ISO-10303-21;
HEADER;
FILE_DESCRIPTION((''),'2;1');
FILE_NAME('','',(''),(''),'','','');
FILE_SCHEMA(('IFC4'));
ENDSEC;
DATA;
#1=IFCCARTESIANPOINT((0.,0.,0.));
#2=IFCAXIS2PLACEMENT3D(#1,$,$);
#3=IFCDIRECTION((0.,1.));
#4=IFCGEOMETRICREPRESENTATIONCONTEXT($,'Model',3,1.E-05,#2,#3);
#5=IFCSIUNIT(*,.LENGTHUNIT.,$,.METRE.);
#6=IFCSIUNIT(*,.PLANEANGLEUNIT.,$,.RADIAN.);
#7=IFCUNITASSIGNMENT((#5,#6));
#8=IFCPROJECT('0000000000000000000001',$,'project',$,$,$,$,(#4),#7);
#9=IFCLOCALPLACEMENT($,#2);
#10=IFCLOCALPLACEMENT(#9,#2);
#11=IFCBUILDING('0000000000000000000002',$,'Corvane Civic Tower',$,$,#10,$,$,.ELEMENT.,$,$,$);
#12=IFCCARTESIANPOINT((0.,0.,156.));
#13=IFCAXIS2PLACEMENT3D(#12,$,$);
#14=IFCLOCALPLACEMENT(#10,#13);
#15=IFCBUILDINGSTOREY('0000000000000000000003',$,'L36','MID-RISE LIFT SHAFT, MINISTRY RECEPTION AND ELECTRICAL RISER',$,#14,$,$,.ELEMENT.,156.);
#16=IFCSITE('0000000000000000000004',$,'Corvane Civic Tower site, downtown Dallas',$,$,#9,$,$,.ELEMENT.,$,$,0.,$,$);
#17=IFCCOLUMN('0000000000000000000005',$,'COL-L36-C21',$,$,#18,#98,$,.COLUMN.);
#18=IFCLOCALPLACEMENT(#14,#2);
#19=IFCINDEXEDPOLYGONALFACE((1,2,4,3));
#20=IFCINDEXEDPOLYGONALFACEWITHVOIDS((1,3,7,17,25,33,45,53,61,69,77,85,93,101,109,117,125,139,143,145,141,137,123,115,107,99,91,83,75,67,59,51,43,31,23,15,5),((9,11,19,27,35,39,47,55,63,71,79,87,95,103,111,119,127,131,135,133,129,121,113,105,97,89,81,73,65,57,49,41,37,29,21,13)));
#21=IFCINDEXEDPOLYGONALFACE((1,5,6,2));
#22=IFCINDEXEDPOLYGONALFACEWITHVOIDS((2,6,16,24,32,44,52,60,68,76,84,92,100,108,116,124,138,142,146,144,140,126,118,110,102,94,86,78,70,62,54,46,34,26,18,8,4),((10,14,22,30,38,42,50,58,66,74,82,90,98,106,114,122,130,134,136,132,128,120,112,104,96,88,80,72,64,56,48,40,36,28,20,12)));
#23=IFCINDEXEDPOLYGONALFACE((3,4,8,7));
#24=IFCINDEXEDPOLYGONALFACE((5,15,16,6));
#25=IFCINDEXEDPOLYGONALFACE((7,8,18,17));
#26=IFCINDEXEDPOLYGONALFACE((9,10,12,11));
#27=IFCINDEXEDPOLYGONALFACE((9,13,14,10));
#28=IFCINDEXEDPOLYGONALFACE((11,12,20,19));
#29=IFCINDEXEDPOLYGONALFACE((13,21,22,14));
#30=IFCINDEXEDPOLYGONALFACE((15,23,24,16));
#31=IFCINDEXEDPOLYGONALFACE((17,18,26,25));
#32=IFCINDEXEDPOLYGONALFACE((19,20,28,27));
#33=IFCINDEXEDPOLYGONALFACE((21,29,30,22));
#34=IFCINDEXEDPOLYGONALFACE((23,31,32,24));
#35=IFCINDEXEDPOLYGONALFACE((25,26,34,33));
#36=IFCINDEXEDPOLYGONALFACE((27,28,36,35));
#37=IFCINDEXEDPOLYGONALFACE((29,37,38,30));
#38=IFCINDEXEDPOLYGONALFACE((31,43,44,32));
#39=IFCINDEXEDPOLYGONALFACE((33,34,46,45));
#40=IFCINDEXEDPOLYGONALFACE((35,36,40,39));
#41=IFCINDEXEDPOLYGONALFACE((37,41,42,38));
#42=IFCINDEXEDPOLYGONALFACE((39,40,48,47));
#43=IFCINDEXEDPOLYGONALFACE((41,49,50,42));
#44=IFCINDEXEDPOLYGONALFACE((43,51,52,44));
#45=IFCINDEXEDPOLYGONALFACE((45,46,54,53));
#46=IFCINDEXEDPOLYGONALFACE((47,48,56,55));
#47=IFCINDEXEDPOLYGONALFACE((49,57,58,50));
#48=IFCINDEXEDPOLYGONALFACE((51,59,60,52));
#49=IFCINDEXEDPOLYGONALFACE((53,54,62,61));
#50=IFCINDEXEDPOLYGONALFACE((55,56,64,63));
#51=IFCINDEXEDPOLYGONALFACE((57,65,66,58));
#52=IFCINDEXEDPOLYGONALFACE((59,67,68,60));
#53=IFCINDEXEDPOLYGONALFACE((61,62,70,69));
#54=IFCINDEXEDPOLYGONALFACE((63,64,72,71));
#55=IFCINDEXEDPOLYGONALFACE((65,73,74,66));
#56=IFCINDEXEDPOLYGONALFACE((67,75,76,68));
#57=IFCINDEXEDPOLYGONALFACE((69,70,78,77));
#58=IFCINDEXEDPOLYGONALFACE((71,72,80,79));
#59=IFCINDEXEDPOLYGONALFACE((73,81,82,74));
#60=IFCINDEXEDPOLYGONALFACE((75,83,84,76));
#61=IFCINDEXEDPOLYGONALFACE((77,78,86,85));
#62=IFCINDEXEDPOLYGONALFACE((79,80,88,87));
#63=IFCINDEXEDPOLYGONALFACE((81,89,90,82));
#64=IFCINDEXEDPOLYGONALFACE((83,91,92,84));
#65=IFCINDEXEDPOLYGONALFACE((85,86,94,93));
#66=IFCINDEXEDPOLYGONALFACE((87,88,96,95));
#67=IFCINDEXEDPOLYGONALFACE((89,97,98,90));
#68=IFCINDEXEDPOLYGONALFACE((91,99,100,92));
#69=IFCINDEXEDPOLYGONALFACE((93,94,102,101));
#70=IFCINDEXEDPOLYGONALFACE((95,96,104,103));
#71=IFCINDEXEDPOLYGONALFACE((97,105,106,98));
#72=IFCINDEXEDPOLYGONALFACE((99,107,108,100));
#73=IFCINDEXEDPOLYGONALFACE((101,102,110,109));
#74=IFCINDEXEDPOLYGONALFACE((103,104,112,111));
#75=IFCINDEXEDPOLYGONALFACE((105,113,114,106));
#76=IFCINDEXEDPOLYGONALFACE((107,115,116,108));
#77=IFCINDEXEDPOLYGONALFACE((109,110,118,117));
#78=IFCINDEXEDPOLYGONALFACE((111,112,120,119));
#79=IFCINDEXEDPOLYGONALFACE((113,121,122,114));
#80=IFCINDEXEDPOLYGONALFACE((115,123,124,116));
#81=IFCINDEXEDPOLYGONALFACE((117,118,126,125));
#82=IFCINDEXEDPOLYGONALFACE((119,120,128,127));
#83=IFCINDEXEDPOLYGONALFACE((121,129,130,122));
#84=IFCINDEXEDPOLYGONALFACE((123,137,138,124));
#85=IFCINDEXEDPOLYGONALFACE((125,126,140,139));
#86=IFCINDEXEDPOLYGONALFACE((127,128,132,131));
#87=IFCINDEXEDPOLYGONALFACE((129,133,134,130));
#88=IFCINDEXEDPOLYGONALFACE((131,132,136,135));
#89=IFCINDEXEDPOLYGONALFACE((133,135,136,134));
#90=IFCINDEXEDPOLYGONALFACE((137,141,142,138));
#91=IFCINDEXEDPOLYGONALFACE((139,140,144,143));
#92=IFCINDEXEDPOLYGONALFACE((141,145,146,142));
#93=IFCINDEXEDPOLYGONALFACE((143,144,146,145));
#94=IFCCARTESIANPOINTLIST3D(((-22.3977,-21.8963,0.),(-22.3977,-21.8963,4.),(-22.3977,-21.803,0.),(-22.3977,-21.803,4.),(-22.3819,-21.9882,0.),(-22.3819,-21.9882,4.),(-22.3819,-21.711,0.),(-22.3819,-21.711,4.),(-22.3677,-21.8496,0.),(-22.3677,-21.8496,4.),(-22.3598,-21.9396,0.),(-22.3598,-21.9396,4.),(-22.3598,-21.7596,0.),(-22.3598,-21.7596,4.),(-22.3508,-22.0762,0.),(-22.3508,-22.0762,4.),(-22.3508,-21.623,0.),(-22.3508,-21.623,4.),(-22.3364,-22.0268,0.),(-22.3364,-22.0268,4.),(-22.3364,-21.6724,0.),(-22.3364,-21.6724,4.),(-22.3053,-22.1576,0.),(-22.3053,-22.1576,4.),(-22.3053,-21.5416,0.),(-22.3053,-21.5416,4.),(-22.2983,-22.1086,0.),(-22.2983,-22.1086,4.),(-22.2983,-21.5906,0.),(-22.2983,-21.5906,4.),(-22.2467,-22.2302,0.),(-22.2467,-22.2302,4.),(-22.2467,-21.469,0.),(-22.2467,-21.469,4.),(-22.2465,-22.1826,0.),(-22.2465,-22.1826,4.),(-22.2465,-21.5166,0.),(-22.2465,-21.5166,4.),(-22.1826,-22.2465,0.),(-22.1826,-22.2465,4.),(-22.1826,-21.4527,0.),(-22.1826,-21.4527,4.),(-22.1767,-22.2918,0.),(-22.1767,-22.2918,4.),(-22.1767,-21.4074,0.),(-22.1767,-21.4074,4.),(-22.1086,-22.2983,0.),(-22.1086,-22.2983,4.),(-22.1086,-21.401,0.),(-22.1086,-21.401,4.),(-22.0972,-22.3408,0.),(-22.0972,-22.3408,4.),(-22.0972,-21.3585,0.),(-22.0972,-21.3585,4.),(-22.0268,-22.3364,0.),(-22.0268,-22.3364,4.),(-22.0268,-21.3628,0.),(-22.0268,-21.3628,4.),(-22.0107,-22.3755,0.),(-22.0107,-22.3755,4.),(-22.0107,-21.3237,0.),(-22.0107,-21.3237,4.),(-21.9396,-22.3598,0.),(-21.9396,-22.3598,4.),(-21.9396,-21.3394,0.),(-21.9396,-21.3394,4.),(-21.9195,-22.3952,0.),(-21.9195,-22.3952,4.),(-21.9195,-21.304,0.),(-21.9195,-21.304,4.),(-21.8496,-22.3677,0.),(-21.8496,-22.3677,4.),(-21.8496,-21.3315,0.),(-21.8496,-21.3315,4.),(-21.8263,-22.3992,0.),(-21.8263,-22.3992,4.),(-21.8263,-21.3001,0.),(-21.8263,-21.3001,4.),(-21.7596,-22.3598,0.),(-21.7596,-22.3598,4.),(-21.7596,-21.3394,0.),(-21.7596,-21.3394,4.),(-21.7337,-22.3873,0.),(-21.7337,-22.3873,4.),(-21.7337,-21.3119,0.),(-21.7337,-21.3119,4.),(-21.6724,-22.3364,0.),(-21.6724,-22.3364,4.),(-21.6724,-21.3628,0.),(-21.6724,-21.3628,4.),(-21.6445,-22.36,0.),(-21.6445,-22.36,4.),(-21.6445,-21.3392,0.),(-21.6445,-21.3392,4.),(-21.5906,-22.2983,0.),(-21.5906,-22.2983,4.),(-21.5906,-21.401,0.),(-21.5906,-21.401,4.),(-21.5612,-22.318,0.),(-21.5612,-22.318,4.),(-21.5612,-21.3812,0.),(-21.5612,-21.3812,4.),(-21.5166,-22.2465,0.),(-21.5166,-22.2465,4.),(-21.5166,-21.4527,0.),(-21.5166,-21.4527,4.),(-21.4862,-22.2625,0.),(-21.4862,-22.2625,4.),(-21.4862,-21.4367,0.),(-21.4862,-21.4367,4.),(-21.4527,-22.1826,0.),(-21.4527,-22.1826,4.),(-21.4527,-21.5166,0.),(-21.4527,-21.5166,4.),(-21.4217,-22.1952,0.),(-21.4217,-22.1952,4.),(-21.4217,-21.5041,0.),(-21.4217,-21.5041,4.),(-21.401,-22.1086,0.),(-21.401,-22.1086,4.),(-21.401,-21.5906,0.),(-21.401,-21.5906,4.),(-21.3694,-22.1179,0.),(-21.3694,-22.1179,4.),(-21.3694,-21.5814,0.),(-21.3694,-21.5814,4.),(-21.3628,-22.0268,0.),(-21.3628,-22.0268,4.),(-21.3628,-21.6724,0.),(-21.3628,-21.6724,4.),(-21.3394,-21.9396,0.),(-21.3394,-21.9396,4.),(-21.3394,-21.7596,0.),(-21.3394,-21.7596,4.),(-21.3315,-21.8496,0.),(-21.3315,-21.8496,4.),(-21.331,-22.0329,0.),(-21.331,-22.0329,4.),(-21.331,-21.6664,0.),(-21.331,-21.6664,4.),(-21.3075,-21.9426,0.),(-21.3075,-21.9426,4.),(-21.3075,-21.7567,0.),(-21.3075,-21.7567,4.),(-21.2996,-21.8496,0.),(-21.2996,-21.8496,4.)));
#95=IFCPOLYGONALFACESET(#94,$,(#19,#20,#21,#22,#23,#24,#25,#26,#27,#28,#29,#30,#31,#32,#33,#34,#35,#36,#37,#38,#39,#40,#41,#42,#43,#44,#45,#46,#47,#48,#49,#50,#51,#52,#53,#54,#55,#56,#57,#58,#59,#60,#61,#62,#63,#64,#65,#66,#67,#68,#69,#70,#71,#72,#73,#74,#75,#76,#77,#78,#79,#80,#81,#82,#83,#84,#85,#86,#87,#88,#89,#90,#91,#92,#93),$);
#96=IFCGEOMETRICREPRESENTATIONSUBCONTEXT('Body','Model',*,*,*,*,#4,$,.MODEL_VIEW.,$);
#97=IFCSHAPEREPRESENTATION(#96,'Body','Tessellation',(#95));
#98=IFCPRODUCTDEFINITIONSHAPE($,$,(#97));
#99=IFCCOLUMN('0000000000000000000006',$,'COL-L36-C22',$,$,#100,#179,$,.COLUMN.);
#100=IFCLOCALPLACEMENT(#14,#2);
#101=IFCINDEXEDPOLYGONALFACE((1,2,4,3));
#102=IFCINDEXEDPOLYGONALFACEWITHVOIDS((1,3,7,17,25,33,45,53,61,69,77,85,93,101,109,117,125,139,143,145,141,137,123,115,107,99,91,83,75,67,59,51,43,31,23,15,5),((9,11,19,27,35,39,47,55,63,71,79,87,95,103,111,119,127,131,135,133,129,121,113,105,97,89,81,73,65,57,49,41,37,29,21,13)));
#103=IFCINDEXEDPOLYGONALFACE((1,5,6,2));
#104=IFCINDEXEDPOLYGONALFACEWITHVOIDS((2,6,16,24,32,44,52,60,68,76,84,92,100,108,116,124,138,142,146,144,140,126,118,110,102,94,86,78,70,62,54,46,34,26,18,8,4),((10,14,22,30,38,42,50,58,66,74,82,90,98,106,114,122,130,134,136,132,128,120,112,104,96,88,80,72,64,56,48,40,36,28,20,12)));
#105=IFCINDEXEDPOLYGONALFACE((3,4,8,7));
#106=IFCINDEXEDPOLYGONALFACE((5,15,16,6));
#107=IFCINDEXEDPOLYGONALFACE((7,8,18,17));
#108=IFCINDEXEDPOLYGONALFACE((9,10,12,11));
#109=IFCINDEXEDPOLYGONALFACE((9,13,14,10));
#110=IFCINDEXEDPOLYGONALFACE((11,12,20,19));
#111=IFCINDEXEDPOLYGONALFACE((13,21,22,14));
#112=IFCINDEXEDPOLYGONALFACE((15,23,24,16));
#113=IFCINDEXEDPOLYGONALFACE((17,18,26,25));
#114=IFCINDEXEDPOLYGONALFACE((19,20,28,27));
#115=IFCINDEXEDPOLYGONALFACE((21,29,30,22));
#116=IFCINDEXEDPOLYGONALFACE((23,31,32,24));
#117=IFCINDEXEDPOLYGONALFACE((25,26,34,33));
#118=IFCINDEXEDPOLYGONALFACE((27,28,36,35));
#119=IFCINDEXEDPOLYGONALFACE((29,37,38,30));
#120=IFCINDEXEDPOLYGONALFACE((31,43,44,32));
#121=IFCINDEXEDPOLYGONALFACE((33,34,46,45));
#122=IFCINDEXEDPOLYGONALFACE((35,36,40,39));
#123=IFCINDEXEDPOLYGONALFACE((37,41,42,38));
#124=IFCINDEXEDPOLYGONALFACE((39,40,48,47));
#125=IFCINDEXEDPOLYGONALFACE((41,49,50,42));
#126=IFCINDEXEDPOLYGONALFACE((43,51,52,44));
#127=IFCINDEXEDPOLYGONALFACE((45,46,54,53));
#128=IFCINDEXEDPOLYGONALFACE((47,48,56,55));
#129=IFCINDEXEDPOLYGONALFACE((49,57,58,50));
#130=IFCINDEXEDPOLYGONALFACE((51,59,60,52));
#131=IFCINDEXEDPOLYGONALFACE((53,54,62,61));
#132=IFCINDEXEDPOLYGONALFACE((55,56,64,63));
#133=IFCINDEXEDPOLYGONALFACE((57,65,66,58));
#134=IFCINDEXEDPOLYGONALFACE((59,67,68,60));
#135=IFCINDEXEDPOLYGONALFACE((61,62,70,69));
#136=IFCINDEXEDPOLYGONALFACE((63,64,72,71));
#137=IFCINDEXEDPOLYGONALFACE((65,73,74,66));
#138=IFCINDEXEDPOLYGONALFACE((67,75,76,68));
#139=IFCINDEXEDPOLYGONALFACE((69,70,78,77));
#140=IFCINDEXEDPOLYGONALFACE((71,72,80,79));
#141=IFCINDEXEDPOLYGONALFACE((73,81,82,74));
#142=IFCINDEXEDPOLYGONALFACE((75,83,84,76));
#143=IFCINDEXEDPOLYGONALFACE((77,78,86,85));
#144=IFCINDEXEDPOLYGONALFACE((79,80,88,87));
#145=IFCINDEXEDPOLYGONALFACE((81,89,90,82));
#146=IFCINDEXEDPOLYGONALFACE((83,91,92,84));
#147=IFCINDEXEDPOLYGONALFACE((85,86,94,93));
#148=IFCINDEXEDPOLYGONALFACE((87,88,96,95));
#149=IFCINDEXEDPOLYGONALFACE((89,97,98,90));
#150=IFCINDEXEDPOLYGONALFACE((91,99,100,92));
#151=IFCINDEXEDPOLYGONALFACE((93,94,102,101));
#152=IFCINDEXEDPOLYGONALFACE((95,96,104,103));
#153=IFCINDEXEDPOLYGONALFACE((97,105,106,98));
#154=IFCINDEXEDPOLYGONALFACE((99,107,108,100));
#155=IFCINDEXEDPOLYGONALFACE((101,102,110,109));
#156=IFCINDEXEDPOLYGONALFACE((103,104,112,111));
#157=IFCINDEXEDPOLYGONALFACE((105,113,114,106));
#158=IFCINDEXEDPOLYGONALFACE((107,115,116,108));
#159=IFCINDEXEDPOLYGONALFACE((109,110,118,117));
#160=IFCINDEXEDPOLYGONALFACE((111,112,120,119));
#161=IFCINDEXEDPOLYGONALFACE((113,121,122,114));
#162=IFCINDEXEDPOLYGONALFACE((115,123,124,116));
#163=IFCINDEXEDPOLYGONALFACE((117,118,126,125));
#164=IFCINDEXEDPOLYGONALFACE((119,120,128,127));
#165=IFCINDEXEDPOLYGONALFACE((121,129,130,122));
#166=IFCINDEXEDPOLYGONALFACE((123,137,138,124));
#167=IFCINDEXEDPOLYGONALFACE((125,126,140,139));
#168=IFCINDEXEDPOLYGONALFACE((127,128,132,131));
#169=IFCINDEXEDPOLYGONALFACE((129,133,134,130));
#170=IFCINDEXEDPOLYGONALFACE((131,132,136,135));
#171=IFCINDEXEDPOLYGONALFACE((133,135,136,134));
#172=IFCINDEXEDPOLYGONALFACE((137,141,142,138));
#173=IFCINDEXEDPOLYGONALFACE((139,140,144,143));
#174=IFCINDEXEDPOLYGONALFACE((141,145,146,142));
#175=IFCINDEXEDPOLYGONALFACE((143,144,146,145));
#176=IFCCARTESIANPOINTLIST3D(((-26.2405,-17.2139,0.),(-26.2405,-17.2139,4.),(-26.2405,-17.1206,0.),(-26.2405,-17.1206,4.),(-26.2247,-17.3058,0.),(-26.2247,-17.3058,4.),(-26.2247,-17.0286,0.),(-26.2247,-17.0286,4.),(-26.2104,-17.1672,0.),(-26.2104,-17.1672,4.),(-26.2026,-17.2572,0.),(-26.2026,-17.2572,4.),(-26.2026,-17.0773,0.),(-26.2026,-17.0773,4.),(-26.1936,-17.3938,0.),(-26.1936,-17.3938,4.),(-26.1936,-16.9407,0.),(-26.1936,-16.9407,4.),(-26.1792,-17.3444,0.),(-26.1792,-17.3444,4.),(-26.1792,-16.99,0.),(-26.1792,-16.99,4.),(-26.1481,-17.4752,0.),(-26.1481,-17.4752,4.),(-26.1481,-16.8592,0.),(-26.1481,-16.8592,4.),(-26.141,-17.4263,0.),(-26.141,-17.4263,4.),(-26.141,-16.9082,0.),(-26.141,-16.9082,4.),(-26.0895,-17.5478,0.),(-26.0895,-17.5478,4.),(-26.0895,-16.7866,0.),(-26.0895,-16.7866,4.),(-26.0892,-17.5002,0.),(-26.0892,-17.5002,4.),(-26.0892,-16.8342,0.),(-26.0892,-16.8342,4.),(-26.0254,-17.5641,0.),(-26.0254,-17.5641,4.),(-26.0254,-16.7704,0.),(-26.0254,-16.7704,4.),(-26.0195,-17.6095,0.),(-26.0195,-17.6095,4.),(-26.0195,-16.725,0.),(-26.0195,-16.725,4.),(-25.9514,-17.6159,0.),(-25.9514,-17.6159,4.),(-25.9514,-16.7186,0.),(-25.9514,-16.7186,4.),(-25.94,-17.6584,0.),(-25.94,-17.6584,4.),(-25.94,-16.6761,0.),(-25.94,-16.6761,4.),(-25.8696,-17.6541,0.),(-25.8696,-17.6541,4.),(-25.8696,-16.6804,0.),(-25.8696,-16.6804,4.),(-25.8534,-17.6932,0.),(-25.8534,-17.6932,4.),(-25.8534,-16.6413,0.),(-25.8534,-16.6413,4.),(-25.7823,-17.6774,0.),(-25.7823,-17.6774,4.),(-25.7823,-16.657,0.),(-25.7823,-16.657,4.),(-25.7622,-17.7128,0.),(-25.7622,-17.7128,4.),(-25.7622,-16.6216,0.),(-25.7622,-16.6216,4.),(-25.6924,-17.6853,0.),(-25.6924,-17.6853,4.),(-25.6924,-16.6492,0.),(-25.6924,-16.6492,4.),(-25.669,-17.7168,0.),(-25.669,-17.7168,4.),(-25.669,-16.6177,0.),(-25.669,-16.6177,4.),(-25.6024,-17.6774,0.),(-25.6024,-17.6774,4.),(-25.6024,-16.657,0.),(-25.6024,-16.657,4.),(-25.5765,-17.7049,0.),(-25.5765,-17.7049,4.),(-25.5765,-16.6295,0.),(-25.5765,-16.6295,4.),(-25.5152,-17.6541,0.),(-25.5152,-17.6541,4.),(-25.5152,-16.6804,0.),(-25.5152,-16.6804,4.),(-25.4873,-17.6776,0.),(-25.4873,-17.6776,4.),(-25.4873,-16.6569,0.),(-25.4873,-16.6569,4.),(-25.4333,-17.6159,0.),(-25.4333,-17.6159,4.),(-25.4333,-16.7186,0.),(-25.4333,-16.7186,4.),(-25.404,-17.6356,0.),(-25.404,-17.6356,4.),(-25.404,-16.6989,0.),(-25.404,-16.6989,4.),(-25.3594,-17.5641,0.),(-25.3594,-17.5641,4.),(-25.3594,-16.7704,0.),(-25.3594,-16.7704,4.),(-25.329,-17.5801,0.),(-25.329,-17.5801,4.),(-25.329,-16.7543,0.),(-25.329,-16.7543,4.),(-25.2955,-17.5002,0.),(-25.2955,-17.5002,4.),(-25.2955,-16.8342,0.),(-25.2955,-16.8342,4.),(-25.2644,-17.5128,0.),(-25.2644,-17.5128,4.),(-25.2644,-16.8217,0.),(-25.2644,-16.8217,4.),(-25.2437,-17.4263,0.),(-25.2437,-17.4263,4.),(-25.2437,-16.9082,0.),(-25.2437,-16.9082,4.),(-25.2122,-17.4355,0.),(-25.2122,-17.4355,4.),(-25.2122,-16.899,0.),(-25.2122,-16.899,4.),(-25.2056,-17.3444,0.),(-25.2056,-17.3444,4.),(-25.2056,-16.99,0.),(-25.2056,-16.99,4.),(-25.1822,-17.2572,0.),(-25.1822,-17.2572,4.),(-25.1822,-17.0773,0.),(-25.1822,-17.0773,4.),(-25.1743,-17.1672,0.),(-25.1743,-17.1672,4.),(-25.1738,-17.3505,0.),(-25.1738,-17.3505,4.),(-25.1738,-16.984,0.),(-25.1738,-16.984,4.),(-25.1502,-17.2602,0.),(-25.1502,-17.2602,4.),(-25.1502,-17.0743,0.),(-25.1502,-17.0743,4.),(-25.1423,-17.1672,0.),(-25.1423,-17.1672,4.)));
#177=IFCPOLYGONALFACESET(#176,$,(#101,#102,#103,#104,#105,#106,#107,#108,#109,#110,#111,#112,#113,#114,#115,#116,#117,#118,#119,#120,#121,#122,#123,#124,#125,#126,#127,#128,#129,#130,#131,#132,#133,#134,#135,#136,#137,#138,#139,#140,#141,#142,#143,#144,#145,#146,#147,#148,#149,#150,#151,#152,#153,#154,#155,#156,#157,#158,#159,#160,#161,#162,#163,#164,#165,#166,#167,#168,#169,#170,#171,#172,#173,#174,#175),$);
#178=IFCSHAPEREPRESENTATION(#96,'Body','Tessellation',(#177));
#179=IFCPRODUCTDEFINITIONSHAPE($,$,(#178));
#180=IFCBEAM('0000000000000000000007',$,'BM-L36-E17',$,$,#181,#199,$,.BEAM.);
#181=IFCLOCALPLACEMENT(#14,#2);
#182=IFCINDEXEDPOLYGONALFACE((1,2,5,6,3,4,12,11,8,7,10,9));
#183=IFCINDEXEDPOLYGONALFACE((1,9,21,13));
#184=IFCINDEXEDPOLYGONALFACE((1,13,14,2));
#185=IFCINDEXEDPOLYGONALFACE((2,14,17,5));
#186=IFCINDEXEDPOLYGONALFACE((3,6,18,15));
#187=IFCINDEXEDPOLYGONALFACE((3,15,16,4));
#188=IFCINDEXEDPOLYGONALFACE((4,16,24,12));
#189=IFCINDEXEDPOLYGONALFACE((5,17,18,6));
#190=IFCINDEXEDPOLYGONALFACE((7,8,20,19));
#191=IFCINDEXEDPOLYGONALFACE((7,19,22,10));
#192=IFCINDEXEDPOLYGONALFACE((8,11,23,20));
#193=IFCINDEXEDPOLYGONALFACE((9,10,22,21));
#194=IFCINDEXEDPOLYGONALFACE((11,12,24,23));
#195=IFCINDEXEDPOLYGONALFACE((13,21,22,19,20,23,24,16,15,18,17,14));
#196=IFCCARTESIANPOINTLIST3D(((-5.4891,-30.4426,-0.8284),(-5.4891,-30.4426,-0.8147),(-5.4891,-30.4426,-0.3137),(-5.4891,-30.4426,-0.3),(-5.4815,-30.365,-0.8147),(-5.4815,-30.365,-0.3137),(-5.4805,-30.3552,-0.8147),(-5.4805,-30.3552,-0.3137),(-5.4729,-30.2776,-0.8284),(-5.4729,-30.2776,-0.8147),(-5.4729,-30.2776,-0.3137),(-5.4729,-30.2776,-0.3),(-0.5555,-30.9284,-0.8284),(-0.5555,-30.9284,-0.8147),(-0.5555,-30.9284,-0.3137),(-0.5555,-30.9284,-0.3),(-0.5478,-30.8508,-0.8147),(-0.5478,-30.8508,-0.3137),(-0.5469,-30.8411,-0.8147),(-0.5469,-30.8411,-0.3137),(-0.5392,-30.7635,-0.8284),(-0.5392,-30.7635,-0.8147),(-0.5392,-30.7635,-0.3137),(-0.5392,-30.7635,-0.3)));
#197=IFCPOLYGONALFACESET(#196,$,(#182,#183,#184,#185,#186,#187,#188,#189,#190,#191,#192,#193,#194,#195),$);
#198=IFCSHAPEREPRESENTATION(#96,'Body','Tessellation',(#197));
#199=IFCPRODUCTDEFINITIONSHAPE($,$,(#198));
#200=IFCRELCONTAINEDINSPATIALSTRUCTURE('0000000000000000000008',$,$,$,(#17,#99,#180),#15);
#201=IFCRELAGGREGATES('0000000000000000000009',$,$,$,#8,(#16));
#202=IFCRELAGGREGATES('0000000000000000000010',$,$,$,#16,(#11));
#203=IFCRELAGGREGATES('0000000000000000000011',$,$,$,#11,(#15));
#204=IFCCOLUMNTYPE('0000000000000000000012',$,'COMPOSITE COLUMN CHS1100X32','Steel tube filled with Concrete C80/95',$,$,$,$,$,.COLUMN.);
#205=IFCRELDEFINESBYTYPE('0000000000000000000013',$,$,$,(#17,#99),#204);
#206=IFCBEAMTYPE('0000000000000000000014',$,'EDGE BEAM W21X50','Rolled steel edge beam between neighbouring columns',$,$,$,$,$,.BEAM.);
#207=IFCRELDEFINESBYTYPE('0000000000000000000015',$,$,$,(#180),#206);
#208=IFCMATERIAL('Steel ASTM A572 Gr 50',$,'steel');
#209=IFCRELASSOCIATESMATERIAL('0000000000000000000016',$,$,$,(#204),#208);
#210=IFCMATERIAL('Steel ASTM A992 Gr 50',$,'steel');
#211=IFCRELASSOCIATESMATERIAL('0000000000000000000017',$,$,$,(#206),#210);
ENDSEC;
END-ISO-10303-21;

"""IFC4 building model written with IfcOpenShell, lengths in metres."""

from ifc_helpers import new_model, si_unit, direction, frame, origin, origin_2d, place, context, subcontext, project, spatial, hollow_circle, i_section, extrude, material, material_profile, profile_set, type_object, element, save


model = new_model("IFC4")

# Units and contexts
model_context = context("Model", 3, precision=1e-05, world=origin(), true_north=direction((0.0, 1.0)))
body_context = subcontext(model_context, "Body", "Model", "MODEL_VIEW")
ifc_project = project(units=[si_unit("LENGTHUNIT", "METRE"), si_unit("PLANEANGLEUNIT", "RADIAN")], contexts=[model_context])

# Site, building, storey
site_placement = place(None, origin())
site = spatial("IfcSite", under=ifc_project, at=site_placement, Name="Corvane Civic Tower site, downtown Dallas", CompositionType="ELEMENT", RefElevation=0.0)
building_placement = place(site_placement, origin())
building = spatial("IfcBuilding", under=site, at=building_placement, Name="Corvane Civic Tower", CompositionType="ELEMENT")
storey_placement = place(building_placement, frame((0.0, 0.0, 156.0)))
storey = spatial("IfcBuildingStorey", under=building, at=storey_placement, Name="L36", Description="MID-RISE LIFT SHAFT, MINISTRY RECEPTION AND ELECTRICAL RISER", CompositionType="ELEMENT", Elevation=156.0)

# Columns
ifc_material_1 = material(Name="Steel ASTM A572 Gr 50", Category="steel")
ifc_material_profile_1 = material_profile(ifc_material_1, hollow_circle(Radius=0.55, WallThickness=0.032, at=origin_2d()), Name="CHS1100X32")
ifc_profile_set_1 = profile_set([ifc_material_profile_1], Name="Steel ASTM A572 Gr 50")
column_type = type_object("IfcColumnType", Name="COMPOSITE COLUMN CHS1100X32", Description="Steel tube filled with Concrete C80/95", PredefinedType="COLUMN", material=ifc_profile_set_1)
for number, where, z_axis, x_axis, name in (
    (1, (-21.8496, -21.8496, 0.0), (0.0, 0.0, 1.0), (1.0, 0.0, 0.0), "COL-L36-C21"),
    (2, (-25.6924, -17.1672, 0.0), (0.0, 0.0, 1.0), (1.0, 0.0, 0.0), "COL-L36-C22"),
):
    element("IfcColumn", number, at=place(storey_placement, frame(where, z_axis=z_axis, x_axis=x_axis)), inside=storey, type_object=column_type, Name=name, PredefinedType="COLUMN", context=body_context, shape_type="SweptSolid", body=[
        extrude(hollow_circle(Radius=0.55, WallThickness=0.032, at=origin_2d()), origin(), (0.0, 0.0, 1.0), 4.0),
    ])

# Beam
ifc_material_2 = material(Name="Steel ASTM A992 Gr 50", Category="steel")
ifc_material_profile_2 = material_profile(ifc_material_2, i_section(OverallWidth=0.1658, OverallDepth=0.5283, WebThickness=0.0098, FlangeThickness=0.0137, at=origin_2d()), Name="W21X50")
ifc_profile_set_2 = profile_set([ifc_material_profile_2], Name="Steel ASTM A992 Gr 50")
beam_type_1 = type_object("IfcBeamType", Name="EDGE BEAM W21X50", Description="Rolled steel edge beam between neighbouring columns", PredefinedType="BEAM", material=ifc_profile_set_2)
beam_1_placement = place(storey_placement, frame((-0.5474, -30.8459, -0.5642), z_axis=(-0.995186, 0.098002, 0.0), x_axis=(-0.098002, -0.995186, 0.0)))
element("IfcBeam", 3, at=beam_1_placement, inside=storey, type_object=beam_type_1, Name="BM-L36-E17", PredefinedType="BEAM", context=body_context, shape_type="SweptSolid", body=[
    extrude(i_section(OverallWidth=0.1658, OverallDepth=0.5283, WebThickness=0.0098, FlangeThickness=0.0137, at=origin_2d()), origin(), (0.0, 0.0, 1.0), 4.9575),
])

save(model, "model.ifc")
